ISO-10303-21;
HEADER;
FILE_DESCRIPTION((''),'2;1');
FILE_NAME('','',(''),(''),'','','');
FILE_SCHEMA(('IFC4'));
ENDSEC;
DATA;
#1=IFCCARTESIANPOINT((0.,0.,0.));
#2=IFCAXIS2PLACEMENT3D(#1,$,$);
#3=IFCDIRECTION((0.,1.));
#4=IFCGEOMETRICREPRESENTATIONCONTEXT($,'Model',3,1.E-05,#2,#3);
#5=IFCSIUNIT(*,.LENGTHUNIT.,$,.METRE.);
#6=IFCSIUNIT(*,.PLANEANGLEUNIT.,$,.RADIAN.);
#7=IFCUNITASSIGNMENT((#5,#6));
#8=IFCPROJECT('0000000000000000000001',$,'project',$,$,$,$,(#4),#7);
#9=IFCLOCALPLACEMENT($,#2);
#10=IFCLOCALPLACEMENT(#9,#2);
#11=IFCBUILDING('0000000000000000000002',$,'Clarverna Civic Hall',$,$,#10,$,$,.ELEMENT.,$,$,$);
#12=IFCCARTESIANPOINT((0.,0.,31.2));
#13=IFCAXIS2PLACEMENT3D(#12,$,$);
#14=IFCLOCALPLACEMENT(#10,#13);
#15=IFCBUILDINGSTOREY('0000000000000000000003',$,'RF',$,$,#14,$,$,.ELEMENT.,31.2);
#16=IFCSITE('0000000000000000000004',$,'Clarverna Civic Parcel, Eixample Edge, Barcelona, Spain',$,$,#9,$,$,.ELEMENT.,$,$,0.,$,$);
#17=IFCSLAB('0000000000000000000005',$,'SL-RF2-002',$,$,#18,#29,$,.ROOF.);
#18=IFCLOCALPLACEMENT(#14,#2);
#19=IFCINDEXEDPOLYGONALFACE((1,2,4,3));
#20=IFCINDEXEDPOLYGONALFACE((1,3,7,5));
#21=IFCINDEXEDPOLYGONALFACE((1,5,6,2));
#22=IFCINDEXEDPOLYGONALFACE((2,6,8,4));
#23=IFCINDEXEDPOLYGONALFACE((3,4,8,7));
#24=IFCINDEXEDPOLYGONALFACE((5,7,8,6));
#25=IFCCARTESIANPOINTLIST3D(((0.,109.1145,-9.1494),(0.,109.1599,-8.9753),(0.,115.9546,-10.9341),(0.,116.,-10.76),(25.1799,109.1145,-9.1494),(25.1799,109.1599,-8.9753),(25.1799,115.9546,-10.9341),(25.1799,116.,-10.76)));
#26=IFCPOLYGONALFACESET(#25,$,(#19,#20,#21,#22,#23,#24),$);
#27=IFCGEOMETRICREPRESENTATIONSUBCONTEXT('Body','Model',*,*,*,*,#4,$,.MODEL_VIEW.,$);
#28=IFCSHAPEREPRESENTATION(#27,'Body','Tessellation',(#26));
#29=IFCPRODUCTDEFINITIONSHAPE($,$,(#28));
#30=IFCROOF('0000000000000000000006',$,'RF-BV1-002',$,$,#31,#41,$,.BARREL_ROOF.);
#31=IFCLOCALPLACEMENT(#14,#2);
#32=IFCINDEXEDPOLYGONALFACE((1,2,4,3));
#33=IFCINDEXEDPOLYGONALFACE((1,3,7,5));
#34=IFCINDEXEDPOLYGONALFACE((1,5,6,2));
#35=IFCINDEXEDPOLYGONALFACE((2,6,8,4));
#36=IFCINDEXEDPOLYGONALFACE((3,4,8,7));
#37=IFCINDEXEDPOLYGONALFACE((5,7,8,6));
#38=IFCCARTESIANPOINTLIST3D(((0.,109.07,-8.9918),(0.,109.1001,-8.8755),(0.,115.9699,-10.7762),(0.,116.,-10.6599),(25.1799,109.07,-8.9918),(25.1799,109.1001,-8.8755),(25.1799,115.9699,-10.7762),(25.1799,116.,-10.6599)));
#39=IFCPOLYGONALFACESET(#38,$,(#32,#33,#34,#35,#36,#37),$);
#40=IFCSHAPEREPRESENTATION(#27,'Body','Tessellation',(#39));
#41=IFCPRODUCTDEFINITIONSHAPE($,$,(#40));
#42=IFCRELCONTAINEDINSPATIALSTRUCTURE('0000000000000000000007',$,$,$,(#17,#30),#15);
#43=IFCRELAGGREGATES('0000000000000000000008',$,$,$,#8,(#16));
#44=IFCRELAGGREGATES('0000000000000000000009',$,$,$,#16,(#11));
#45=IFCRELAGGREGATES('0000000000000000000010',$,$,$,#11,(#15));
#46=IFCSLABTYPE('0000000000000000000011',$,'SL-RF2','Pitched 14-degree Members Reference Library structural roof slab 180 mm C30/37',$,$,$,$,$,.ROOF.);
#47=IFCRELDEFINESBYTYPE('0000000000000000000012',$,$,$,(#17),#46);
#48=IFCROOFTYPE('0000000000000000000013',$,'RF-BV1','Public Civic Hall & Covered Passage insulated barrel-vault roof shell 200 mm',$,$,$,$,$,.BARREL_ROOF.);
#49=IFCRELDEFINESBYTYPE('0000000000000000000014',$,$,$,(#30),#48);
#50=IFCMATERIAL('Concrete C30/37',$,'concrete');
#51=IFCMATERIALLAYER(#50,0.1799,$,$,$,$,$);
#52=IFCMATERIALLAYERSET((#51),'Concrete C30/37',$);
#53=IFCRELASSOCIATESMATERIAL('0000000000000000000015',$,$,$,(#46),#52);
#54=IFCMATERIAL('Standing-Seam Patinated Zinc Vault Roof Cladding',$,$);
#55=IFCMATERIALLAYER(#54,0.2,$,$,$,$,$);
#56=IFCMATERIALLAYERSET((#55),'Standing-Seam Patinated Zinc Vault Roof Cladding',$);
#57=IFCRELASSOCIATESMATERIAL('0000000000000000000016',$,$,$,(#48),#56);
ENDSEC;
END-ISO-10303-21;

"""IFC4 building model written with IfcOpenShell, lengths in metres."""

from ifc_helpers import new_model, si_unit, direction, frame, origin, place, context, subcontext, project, spatial, polyline, outline, extrude, material, layer, layer_set, type_object, element, save


model = new_model("IFC4")

# Units and contexts
model_context = context("Model", 3, precision=1e-05, world=origin(), true_north=direction((0.0, 1.0)))
body_context = subcontext(model_context, "Body", "Model", "MODEL_VIEW")
ifc_project = project(units=[si_unit("LENGTHUNIT", "METRE"), si_unit("PLANEANGLEUNIT", "RADIAN")], contexts=[model_context])

# Site, building, storey
site_placement = place(None, origin())
site = spatial("IfcSite", under=ifc_project, at=site_placement, Name="Clarverna Civic Parcel, Eixample Edge, Barcelona, Spain", CompositionType="ELEMENT", RefElevation=0.0)
building_placement = place(site_placement, origin())
building = spatial("IfcBuilding", under=site, at=building_placement, Name="Clarverna Civic Hall", CompositionType="ELEMENT")
storey_placement = place(building_placement, frame((0.0, 0.0, 31.2)))
storey = spatial("IfcBuildingStorey", under=building, at=storey_placement, Name="RF", CompositionType="ELEMENT", Elevation=31.2)

# Slab
ifc_material_1 = material(Name="Concrete C30/37", Category="concrete")
ifc_layer_1 = layer(ifc_material_1, 0.1799)
ifc_layer_set_1 = layer_set([ifc_layer_1], Name="Concrete C30/37")
slab_type = type_object("IfcSlabType", Name="SL-RF2", Description="Pitched 14-degree Members Reference Library structural roof slab 180 mm C30/37", PredefinedType="ROOF", material=ifc_layer_set_1)
slab_placement = place(storey_placement, frame((0.0, 109.1599, -8.9753), z_axis=(0.0, 0.252461, 0.967607), x_axis=(1.0, 0.0, 0.0)))
element("IfcSlab", 1, at=slab_placement, inside=storey, type_object=slab_type, Name="SL-RF2-002", PredefinedType="ROOF", context=body_context, shape_type="SweptSolid", body=[
    extrude(outline(polyline([(0.0, 0.0), (25.1799, 0.0), (25.1799, 7.0691), (0.0, 7.0691), (0.0, 0.0)])), origin(), (0.0, 0.0, -1.0), 0.1799),
])

# Roof
ifc_material_2 = material(Name="Standing-Seam Patinated Zinc Vault Roof Cladding")
ifc_layer_2 = layer(ifc_material_2, 0.2)
ifc_layer_set_2 = layer_set([ifc_layer_2], Name="Standing-Seam Patinated Zinc Vault Roof Cladding")
roof_type = type_object("IfcRoofType", Name="RF-BV1", Description="Public Civic Hall & Covered Passage insulated barrel-vault roof shell 200 mm", PredefinedType="BARREL_ROOF", material=ifc_layer_set_2)
roof_placement = place(storey_placement, frame((0.0, 109.1001, -8.8755), z_axis=(0.0, 0.250378, 0.968148), x_axis=(1.0, 0.0, 0.0)))
element("IfcRoof", 2, at=roof_placement, inside=storey, type_object=roof_type, Name="RF-BV1-002", PredefinedType="BARREL_ROOF", context=body_context, shape_type="SweptSolid", body=[
    extrude(outline(polyline([(0.0, 0.0), (25.1799, 0.0), (25.1799, 7.1269), (0.0, 7.1269), (0.0, 0.0)])), origin(), (0.0, 0.0, -1.0), 0.1201),
])

save(model, "model.ifc")
